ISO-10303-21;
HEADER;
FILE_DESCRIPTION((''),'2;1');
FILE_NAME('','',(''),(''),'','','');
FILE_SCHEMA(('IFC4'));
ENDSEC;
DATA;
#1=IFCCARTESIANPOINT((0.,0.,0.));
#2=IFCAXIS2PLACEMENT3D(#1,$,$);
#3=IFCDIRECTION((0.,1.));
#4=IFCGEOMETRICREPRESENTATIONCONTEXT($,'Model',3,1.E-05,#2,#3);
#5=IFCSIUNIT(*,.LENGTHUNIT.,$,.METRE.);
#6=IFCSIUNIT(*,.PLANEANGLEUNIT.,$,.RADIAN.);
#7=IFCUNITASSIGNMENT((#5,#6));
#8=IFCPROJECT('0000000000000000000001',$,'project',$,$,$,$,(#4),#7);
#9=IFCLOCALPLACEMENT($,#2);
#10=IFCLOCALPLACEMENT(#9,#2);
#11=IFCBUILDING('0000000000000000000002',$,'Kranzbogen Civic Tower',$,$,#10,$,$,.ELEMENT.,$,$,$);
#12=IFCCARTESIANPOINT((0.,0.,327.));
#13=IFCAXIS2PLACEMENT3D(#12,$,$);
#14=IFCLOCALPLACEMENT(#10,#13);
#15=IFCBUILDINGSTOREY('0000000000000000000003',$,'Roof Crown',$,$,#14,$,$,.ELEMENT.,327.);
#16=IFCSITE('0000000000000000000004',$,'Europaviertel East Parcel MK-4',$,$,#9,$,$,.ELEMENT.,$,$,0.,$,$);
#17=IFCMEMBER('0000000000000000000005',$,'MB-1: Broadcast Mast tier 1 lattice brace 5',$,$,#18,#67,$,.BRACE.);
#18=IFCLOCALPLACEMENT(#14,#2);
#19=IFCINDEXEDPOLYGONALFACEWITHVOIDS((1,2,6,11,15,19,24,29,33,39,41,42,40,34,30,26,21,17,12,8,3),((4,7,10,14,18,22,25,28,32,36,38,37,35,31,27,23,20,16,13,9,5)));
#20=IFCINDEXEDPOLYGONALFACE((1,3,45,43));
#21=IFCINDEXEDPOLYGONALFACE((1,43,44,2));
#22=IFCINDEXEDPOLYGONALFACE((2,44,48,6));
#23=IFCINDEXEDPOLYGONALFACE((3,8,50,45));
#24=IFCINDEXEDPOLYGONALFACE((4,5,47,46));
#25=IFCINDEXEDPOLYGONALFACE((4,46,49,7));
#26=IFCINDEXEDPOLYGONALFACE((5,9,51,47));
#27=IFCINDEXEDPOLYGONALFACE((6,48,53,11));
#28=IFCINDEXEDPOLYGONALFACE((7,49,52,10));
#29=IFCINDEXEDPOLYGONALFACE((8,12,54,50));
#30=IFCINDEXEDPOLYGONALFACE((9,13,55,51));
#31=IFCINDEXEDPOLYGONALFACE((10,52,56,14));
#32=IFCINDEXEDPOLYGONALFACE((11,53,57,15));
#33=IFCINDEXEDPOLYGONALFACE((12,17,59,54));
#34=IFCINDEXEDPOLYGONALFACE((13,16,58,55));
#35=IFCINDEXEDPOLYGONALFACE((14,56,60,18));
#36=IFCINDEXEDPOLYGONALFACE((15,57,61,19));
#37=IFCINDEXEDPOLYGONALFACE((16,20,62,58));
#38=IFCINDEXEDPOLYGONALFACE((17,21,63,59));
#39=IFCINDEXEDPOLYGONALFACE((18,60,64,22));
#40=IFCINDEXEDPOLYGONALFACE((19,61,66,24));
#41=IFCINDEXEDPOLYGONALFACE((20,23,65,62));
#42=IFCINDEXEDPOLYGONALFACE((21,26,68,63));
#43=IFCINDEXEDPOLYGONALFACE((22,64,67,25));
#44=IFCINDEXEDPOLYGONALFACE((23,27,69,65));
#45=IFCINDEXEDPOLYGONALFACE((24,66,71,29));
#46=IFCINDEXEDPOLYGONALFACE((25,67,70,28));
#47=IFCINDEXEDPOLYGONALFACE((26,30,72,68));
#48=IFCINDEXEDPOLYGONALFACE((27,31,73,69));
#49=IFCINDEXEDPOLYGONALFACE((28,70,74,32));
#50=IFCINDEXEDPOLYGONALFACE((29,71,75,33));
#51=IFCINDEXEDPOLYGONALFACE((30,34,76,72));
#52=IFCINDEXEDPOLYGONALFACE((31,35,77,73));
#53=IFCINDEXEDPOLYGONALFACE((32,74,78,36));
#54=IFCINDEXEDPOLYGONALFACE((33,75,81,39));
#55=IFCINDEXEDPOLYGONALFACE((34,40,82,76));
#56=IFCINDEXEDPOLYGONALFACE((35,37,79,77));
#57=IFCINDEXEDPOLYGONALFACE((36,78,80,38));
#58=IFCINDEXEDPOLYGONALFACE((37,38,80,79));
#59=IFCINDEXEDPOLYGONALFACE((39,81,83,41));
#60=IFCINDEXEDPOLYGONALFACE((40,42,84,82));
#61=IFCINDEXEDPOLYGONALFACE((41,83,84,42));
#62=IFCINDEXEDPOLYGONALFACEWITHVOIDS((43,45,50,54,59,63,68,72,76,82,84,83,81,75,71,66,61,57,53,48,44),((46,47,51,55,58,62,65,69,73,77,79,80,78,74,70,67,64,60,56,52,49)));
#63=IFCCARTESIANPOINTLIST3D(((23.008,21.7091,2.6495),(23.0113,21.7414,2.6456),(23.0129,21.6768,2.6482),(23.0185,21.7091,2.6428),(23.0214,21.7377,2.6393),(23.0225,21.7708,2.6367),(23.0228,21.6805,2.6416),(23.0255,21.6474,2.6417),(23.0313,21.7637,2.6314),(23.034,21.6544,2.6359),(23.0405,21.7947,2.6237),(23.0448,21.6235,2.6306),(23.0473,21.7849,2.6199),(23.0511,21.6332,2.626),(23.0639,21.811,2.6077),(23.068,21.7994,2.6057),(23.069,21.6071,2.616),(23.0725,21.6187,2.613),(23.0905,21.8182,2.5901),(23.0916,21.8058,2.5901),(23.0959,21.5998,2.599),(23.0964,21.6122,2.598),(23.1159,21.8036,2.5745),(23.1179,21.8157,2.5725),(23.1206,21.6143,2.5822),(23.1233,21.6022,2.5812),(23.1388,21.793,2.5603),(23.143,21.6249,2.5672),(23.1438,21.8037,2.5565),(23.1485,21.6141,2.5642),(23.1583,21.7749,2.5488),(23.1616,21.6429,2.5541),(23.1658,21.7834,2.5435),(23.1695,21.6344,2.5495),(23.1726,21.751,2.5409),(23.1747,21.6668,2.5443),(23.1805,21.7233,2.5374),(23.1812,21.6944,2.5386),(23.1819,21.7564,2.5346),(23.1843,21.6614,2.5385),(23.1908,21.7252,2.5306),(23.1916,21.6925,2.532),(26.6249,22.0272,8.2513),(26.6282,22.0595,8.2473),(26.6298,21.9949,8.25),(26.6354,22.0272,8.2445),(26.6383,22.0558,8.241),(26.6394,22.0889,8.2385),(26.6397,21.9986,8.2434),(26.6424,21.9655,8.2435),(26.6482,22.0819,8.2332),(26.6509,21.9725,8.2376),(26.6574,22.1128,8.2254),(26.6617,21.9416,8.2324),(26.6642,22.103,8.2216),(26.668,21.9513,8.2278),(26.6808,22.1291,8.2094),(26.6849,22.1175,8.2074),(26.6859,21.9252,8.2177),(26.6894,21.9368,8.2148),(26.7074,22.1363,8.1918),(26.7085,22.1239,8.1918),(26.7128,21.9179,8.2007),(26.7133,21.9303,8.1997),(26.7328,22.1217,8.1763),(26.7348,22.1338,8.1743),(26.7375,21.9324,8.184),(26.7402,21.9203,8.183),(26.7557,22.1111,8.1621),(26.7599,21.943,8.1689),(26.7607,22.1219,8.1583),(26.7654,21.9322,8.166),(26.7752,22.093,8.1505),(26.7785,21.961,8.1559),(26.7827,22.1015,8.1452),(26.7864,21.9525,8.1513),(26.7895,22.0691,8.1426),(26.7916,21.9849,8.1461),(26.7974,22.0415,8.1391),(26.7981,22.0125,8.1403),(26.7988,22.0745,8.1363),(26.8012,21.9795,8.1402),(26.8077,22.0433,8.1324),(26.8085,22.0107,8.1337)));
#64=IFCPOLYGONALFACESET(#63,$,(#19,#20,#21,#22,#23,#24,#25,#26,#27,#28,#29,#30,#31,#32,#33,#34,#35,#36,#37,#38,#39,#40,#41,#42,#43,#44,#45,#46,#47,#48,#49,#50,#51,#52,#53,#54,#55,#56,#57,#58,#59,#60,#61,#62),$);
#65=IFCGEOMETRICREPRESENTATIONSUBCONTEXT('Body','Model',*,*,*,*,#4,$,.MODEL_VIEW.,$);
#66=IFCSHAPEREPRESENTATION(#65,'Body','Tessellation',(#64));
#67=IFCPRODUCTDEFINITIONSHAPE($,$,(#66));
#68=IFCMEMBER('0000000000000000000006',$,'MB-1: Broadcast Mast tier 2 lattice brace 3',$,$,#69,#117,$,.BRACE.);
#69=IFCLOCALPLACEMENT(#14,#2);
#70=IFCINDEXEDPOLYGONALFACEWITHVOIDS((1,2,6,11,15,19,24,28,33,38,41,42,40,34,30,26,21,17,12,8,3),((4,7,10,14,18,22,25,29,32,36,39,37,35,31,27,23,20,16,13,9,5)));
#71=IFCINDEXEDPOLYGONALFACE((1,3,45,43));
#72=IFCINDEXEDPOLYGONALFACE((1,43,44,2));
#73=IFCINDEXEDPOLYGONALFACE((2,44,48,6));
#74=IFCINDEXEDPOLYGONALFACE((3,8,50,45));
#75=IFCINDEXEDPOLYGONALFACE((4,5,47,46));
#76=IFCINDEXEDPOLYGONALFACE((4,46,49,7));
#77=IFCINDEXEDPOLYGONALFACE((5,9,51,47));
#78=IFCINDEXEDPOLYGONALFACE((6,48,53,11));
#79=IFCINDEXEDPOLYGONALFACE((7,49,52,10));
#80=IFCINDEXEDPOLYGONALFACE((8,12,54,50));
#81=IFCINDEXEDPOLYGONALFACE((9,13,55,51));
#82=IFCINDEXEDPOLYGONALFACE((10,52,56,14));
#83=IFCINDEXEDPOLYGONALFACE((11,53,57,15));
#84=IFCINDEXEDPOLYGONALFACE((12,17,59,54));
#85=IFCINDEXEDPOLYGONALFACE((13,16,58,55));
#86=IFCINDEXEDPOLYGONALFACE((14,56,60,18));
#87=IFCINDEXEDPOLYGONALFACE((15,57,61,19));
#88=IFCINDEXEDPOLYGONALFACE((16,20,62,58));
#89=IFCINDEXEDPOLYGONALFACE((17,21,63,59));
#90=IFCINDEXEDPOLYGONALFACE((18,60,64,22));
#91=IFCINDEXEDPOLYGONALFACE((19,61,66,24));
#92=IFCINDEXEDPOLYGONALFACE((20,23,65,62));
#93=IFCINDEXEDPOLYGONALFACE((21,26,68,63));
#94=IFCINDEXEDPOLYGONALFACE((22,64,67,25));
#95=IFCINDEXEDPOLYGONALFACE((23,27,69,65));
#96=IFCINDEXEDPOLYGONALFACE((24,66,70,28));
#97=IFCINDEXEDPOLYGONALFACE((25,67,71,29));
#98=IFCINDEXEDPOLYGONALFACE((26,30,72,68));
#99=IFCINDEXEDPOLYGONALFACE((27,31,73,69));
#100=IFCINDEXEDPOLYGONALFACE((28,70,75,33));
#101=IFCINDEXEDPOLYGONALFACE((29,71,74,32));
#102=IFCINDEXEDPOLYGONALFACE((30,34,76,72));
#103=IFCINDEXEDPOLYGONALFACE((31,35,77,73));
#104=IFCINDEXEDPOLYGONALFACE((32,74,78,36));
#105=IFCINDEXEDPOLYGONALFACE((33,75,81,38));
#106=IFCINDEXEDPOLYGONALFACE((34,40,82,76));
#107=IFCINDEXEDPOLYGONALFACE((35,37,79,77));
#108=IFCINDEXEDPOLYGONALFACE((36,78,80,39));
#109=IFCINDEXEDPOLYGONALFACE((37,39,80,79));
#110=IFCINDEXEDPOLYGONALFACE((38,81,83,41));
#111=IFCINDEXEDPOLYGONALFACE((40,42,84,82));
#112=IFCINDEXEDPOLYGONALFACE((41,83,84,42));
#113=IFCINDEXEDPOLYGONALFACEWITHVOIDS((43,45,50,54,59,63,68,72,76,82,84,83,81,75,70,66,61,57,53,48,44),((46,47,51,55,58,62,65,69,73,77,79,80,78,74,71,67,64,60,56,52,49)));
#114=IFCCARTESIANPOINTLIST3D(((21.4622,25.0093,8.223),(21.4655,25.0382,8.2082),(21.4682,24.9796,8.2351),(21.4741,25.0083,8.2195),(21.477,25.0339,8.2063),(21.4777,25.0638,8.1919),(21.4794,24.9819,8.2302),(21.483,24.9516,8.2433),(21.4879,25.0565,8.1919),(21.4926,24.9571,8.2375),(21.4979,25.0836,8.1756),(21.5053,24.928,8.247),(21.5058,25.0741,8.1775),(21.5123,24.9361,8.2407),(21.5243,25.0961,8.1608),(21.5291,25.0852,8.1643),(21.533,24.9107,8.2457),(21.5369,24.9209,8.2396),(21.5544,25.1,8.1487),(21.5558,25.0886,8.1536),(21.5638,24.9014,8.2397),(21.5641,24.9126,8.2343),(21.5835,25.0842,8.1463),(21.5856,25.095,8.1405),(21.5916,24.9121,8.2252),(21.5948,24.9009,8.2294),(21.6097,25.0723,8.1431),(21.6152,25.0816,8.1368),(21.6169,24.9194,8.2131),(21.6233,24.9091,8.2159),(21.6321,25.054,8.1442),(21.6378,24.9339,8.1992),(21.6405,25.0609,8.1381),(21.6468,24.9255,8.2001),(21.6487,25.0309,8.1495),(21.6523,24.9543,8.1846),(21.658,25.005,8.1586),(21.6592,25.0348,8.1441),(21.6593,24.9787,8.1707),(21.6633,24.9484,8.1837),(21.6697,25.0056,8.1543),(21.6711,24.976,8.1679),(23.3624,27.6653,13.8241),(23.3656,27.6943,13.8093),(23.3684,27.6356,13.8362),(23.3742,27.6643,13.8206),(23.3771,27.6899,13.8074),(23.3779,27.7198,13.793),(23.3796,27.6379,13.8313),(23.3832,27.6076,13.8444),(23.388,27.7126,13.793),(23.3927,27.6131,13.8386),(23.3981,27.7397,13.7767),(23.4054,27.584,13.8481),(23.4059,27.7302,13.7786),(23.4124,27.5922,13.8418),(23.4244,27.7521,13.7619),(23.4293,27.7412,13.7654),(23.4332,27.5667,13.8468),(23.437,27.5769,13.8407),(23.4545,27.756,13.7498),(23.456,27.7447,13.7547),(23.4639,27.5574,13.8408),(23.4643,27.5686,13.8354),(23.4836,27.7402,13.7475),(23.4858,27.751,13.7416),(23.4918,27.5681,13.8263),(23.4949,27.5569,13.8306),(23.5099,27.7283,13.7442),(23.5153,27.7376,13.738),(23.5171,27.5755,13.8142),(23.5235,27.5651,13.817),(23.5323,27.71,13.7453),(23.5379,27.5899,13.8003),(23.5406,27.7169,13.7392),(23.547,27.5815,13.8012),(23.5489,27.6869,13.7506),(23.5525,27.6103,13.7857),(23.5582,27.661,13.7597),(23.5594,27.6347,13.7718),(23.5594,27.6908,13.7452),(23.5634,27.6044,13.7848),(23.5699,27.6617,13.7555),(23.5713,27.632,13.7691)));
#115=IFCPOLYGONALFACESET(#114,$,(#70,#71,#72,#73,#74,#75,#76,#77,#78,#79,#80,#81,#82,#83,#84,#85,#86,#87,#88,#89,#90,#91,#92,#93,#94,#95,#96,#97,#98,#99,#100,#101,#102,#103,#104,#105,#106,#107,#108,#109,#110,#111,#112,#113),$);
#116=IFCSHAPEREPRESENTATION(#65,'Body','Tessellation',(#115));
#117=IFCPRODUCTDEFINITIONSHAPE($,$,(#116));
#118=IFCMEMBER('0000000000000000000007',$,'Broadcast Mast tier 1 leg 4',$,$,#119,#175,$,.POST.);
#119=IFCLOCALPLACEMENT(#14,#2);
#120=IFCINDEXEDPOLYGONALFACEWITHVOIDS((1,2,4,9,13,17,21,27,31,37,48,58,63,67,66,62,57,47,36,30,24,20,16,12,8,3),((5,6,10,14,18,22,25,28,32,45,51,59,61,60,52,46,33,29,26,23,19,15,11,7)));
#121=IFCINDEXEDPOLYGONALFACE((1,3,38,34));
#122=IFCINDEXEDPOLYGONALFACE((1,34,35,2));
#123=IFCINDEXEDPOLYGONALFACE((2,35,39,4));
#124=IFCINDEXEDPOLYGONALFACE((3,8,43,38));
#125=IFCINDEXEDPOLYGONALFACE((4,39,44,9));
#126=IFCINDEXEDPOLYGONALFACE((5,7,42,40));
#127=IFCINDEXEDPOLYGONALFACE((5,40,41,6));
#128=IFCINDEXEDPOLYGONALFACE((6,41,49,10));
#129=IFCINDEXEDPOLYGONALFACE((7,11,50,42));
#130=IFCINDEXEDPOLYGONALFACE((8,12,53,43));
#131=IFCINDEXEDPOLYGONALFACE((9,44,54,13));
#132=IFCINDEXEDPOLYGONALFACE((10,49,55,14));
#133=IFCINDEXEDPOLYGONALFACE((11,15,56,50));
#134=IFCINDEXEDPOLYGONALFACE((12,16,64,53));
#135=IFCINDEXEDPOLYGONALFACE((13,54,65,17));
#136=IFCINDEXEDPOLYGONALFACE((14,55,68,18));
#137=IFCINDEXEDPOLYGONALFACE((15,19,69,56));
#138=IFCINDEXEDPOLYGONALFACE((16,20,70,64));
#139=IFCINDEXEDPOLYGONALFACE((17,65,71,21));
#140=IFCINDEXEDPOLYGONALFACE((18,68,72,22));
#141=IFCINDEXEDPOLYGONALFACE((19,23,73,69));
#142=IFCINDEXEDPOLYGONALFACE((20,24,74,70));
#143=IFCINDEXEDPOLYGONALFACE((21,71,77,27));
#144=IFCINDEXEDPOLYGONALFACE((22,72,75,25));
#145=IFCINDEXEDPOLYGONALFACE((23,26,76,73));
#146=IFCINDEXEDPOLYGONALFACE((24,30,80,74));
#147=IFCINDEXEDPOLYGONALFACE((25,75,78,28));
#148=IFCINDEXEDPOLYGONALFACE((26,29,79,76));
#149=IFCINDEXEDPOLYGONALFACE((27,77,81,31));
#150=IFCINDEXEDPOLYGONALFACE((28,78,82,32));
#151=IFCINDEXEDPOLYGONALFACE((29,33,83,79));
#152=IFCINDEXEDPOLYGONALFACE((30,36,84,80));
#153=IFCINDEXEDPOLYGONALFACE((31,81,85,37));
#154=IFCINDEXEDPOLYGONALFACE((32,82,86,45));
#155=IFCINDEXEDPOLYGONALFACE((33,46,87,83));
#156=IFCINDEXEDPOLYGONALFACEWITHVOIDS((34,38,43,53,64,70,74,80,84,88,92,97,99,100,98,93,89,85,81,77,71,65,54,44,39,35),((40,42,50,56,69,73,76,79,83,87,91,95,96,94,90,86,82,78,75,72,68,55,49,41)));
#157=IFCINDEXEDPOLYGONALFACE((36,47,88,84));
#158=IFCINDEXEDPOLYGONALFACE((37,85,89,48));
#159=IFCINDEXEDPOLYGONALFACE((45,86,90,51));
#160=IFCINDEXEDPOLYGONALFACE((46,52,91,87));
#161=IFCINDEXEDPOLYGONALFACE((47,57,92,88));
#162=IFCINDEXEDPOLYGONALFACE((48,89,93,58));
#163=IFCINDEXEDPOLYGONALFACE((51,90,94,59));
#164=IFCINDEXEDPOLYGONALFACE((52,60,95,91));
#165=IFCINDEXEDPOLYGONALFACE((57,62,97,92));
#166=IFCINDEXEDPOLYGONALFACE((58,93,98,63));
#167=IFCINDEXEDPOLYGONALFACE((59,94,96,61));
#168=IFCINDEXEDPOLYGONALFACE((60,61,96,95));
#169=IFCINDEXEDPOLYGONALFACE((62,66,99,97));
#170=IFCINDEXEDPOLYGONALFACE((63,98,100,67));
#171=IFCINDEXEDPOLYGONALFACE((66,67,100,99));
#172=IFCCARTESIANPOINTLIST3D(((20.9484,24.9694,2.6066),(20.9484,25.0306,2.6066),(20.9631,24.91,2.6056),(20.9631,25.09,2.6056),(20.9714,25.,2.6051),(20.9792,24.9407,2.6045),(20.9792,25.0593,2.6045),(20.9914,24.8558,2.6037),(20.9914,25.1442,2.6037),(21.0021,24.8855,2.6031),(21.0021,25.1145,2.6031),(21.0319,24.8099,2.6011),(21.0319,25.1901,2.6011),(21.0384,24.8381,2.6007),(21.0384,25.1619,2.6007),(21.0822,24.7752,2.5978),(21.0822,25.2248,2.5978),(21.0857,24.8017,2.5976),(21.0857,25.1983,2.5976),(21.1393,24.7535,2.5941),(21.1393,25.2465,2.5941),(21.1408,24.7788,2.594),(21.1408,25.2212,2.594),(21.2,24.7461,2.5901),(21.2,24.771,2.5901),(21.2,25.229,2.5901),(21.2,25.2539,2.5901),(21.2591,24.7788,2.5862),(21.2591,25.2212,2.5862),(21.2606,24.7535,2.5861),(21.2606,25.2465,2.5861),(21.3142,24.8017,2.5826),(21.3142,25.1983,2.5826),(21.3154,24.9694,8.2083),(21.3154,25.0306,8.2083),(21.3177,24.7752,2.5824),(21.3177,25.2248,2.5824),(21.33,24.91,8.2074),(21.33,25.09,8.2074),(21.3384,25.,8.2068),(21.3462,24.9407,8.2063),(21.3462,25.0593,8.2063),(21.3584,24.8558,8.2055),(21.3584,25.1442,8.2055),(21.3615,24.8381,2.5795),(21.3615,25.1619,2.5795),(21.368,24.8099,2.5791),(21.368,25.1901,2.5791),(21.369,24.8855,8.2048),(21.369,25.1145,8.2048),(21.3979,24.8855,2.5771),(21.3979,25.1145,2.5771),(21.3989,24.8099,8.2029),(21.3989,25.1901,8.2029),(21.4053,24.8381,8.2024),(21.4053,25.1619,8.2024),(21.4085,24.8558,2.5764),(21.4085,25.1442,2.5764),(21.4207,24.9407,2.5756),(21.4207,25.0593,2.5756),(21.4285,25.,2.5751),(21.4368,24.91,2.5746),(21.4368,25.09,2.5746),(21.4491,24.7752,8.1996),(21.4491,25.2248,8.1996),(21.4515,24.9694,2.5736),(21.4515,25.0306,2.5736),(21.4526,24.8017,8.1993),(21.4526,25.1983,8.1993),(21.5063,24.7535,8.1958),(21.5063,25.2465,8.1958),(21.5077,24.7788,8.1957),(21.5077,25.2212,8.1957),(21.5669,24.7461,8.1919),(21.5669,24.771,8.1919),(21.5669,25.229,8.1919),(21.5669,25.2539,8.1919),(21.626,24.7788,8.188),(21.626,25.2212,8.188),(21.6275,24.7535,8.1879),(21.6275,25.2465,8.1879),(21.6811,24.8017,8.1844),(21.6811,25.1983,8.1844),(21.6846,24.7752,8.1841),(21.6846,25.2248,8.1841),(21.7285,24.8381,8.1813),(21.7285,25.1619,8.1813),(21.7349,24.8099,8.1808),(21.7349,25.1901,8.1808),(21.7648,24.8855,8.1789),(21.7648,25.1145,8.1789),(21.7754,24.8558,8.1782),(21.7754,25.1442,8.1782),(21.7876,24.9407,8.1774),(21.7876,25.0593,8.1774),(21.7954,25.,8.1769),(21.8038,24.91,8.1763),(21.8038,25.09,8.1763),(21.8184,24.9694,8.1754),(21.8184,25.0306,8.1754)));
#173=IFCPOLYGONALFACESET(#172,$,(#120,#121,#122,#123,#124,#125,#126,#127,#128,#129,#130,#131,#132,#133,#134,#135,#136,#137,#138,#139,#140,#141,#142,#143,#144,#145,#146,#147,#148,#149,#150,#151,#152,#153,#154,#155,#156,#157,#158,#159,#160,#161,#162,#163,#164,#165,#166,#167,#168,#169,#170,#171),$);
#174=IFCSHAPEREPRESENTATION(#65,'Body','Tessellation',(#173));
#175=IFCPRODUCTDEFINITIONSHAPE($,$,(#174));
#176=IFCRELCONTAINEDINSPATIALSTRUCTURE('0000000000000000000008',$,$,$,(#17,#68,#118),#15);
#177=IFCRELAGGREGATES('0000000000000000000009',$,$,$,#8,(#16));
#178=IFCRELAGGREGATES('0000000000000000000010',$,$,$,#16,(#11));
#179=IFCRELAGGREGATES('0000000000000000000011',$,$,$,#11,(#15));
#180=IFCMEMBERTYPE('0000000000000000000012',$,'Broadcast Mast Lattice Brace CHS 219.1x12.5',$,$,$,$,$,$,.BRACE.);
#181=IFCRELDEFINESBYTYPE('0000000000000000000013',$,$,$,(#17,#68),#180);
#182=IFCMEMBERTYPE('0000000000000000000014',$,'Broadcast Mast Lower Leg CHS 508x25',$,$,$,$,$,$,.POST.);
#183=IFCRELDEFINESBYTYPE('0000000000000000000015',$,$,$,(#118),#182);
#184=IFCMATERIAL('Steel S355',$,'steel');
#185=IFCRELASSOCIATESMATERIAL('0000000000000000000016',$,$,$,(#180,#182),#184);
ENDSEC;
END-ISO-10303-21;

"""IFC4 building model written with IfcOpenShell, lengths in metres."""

from ifc_helpers import new_model, si_unit, direction, frame, origin, origin_2d, place, context, subcontext, project, spatial, hollow_circle, extrude, material, material_profile, profile_set, type_object, element, save


model = new_model("IFC4")

# Units and contexts
model_context = context("Model", 3, precision=1e-05, world=origin(), true_north=direction((0.0, 1.0)))
body_context = subcontext(model_context, "Body", "Model", "MODEL_VIEW")
ifc_project = project(units=[si_unit("LENGTHUNIT", "METRE"), si_unit("PLANEANGLEUNIT", "RADIAN")], contexts=[model_context])

# Site, building, storey
site_placement = place(None, origin())
site = spatial("IfcSite", under=ifc_project, at=site_placement, Name="Europaviertel East Parcel MK-4", CompositionType="ELEMENT", RefElevation=0.0)
building_placement = place(site_placement, origin())
building = spatial("IfcBuilding", under=site, at=building_placement, Name="Kranzbogen Civic Tower", CompositionType="ELEMENT")
storey_placement = place(building_placement, frame((0.0, 0.0, 327.0)))
storey = spatial("IfcBuildingStorey", under=building, at=storey_placement, Name="Roof Crown", CompositionType="ELEMENT", Elevation=327.0)

# Shared definitions
ifc_material_1 = material(Name="Steel S355", Category="steel")

# Members
ifc_material_profile_1 = material_profile(ifc_material_1, hollow_circle(Radius=0.1096, WallThickness=0.0125, at=origin_2d()), Name="CHS 219.1x12.5")
ifc_profile_set_1 = profile_set([ifc_material_profile_1], Name="Steel S355")
member_type_1 = type_object("IfcMemberType", Name="Broadcast Mast Lattice Brace CHS 219.1x12.5", PredefinedType="BRACE", material=ifc_profile_set_1)
member_1_placement = place(storey_placement, frame((23.1001, 21.709, 2.5901), z_axis=(0.541815, 0.047653, 0.839146), x_axis=(-0.087613, 0.996155, 0.0)))
element("IfcMember", 1, at=member_1_placement, inside=storey, type_object=member_type_1, Name="MB-1: Broadcast Mast tier 1 lattice brace 5", PredefinedType="BRACE", context=body_context, shape_type="SweptSolid", body=[
    extrude(hollow_circle(Radius=0.1096, WallThickness=0.0125, at=origin_2d()), origin(), (0.0, 0.0, 1.0), 6.6755),
])
member_2_placement = place(storey_placement, frame((21.5669, 25.0, 8.1919), z_axis=(0.29307, 0.40965, 0.863885), x_axis=(-0.813299, 0.581846, 0.0)))
element("IfcMember", 2, at=member_2_placement, inside=storey, type_object=member_type_1, Name="MB-1: Broadcast Mast tier 2 lattice brace 3", PredefinedType="BRACE", context=body_context, shape_type="SweptSolid", body=[
    extrude(hollow_circle(Radius=0.1096, WallThickness=0.0125, at=origin_2d()), origin(), (0.0, 0.0, 1.0), 6.4836),
])
ifc_material_profile_2 = material_profile(ifc_material_1, hollow_circle(Radius=0.2539, WallThickness=0.0249, at=origin_2d()), Name="CHS 508x25")
ifc_profile_set_2 = profile_set([ifc_material_profile_2], Name="Steel S355")
member_type_2 = type_object("IfcMemberType", Name="Broadcast Mast Lower Leg CHS 508x25", PredefinedType="POST", material=ifc_profile_set_2)
for number, where, z_axis, x_axis, name in (
    (3, (21.2, 25.0, 2.5901), (0.065364, 0.0, 0.997861), (0.0, 1.0, 0.0), "Broadcast Mast tier 1 leg 4"),
):
    element("IfcMember", number, at=place(storey_placement, frame(where, z_axis=z_axis, x_axis=x_axis)), inside=storey, type_object=member_type_2, Name=name, PredefinedType="POST", context=body_context, shape_type="SweptSolid", body=[
        extrude(hollow_circle(Radius=0.2539, WallThickness=0.0249, at=origin_2d()), origin(), (0.0, 0.0, 1.0), 5.6138),
    ])

save(model, "model.ifc")
